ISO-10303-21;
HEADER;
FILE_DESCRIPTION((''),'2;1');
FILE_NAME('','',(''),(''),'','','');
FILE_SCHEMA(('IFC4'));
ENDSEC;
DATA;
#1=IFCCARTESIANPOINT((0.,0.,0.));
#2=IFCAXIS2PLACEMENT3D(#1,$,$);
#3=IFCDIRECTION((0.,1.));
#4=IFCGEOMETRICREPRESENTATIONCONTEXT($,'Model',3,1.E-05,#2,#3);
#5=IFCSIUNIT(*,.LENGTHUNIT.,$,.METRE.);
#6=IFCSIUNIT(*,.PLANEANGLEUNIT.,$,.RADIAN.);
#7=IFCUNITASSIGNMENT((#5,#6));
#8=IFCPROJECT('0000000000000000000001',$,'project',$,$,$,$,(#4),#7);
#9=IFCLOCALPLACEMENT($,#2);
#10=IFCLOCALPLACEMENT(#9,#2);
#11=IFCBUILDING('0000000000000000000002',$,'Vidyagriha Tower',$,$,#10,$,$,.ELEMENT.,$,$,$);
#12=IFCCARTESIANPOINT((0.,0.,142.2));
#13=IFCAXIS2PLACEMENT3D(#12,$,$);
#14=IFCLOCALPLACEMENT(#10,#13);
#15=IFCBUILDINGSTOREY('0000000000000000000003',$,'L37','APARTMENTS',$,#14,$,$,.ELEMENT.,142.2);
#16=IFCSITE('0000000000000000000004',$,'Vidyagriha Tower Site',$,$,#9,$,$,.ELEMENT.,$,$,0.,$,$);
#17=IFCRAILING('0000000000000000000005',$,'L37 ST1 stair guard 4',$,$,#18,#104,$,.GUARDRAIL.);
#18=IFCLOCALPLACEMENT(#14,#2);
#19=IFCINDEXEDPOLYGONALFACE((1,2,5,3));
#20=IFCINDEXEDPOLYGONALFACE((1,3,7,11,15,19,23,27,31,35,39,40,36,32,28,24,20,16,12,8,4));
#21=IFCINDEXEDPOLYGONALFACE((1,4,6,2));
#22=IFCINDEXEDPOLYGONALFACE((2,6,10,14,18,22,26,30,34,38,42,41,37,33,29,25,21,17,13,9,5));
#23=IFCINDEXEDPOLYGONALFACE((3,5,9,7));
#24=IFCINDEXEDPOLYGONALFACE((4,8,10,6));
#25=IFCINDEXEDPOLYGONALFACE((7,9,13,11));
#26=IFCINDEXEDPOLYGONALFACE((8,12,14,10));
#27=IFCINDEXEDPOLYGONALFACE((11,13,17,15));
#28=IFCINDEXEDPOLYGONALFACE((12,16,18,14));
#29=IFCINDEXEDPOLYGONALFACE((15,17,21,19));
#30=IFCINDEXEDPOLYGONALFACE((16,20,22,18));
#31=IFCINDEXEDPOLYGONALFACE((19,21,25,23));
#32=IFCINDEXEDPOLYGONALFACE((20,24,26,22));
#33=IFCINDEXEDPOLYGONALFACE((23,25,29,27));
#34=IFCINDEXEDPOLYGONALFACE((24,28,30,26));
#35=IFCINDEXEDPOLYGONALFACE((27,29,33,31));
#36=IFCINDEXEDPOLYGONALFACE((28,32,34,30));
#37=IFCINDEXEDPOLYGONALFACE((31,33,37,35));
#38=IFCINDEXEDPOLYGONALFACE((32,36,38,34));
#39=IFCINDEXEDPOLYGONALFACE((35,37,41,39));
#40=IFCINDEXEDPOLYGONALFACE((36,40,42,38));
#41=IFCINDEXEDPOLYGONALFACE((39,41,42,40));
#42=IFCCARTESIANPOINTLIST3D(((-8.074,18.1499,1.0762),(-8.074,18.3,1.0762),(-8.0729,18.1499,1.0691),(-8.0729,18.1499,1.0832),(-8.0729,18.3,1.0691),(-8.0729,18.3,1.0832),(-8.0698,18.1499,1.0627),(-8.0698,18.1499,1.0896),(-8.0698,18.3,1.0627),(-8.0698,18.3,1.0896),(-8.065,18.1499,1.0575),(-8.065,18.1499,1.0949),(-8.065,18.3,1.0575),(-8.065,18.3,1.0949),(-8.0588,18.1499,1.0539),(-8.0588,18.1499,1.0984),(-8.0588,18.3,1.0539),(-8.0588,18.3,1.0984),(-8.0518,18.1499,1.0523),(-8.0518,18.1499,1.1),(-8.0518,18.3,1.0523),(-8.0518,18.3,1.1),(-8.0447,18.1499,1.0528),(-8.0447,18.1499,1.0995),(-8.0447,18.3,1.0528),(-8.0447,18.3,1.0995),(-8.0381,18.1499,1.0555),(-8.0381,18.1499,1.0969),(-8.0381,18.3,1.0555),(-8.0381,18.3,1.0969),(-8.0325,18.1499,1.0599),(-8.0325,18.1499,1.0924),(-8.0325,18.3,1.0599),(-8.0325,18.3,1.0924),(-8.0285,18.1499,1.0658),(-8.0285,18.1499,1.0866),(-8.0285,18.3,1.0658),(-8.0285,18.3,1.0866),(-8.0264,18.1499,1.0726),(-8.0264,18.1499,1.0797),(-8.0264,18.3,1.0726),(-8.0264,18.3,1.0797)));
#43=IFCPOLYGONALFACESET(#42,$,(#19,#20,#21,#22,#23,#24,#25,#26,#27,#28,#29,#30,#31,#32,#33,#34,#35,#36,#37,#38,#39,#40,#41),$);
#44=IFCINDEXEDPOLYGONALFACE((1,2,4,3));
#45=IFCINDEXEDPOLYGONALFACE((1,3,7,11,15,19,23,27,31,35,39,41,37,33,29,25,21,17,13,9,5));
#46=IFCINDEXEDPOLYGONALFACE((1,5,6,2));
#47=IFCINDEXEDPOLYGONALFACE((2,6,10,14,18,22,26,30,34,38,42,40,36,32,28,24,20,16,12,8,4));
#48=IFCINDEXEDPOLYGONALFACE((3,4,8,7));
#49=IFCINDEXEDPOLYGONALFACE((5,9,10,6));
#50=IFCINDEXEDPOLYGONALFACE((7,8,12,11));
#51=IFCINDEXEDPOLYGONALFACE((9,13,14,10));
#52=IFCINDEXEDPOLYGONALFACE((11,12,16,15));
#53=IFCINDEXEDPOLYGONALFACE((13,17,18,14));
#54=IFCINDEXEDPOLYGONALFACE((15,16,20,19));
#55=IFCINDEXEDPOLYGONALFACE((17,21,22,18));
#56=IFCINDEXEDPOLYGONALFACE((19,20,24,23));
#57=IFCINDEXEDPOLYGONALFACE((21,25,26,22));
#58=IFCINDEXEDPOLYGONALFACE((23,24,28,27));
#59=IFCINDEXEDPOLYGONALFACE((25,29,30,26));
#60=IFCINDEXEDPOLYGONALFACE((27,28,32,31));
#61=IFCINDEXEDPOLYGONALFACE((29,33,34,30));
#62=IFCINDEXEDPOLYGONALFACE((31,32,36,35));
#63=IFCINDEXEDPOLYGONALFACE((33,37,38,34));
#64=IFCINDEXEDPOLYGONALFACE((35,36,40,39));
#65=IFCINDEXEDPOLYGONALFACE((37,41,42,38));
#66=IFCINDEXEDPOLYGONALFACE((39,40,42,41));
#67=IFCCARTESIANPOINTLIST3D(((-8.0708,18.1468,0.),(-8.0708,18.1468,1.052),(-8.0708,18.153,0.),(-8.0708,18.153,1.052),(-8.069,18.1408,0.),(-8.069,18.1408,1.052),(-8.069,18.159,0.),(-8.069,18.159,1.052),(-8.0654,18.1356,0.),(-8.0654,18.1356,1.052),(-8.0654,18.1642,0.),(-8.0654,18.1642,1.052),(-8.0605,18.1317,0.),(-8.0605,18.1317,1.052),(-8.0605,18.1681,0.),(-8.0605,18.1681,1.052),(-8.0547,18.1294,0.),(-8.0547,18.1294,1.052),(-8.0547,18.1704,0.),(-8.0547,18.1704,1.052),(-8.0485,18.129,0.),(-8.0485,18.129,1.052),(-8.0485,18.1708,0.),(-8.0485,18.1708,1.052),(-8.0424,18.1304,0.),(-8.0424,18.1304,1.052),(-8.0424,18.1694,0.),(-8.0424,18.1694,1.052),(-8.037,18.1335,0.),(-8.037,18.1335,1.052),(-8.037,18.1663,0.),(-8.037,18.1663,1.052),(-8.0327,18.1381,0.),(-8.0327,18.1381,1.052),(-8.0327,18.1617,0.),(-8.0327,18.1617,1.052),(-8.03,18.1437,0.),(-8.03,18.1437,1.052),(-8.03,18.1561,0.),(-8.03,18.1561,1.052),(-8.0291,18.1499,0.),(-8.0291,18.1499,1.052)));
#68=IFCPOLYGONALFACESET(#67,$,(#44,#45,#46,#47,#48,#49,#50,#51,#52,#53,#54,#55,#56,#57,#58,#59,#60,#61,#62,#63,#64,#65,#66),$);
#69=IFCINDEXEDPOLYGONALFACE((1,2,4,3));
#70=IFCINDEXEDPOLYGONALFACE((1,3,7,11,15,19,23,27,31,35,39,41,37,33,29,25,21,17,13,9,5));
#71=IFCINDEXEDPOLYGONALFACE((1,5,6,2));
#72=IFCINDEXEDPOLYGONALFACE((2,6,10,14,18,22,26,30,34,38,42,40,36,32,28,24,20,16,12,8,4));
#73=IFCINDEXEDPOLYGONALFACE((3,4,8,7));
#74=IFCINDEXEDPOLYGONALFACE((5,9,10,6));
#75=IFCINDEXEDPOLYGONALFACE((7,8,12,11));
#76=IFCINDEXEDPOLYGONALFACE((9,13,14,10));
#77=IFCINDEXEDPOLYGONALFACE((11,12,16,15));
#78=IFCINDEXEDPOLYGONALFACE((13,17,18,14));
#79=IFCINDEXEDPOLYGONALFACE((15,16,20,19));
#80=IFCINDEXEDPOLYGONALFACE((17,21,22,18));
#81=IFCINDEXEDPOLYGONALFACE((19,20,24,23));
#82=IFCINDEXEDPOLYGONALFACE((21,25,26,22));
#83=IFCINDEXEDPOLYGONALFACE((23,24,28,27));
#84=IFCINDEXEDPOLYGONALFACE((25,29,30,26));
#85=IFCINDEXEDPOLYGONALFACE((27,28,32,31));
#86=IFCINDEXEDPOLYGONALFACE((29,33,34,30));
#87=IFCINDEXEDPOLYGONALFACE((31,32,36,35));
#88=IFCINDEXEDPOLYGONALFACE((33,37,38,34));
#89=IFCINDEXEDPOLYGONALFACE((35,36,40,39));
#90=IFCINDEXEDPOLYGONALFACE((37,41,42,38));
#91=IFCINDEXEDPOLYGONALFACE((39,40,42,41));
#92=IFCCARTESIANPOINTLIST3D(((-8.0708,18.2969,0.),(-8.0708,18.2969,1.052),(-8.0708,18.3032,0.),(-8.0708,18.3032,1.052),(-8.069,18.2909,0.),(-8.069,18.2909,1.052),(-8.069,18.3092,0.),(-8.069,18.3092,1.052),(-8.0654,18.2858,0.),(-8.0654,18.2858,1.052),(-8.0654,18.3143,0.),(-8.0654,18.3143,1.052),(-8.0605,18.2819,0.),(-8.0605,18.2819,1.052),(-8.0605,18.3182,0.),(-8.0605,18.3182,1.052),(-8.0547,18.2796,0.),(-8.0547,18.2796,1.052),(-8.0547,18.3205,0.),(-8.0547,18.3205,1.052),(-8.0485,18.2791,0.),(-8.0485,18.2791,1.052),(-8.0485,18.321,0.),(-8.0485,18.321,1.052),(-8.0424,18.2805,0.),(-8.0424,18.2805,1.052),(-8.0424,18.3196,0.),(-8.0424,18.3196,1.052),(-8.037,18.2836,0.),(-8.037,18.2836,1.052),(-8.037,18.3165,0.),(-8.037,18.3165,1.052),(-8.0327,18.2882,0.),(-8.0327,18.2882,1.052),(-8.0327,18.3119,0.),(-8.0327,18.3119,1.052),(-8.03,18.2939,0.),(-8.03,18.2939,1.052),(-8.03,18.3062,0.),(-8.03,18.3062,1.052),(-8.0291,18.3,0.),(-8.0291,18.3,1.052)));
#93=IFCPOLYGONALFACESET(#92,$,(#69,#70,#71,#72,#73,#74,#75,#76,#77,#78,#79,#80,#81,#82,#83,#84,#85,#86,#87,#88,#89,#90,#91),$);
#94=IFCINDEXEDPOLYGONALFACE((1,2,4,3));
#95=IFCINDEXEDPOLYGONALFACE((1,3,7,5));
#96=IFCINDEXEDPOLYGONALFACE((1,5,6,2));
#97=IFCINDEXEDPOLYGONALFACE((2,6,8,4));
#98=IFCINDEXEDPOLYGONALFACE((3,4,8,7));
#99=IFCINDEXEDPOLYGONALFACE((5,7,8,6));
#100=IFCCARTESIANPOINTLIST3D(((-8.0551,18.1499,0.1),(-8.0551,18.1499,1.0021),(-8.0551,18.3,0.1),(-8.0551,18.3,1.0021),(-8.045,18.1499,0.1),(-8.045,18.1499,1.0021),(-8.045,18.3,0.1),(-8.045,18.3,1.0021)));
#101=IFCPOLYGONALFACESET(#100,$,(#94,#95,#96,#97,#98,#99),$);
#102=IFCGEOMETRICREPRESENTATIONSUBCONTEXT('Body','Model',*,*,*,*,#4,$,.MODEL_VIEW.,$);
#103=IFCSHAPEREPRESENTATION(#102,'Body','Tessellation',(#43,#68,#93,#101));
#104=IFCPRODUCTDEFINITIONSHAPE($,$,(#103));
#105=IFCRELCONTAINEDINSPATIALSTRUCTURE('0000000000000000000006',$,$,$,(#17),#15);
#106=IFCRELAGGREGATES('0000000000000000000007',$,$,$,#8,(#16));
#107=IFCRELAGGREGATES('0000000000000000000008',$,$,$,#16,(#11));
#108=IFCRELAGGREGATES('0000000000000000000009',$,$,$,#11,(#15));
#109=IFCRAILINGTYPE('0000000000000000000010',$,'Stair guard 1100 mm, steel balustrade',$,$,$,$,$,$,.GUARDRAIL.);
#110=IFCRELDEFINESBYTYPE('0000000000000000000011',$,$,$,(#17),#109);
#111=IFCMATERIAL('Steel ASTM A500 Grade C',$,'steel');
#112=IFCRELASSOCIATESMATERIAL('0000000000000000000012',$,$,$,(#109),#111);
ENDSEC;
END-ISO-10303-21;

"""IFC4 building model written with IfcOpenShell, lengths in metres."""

from ifc_helpers import new_model, si_unit, direction, frame, origin, origin_2d, place, context, subcontext, project, spatial, rectangle, circle, extrude, material, type_object, element, save


model = new_model("IFC4")

# Units and contexts
model_context = context("Model", 3, precision=1e-05, world=origin(), true_north=direction((0.0, 1.0)))
body_context = subcontext(model_context, "Body", "Model", "MODEL_VIEW")
ifc_project = project(units=[si_unit("LENGTHUNIT", "METRE"), si_unit("PLANEANGLEUNIT", "RADIAN")], contexts=[model_context])

# Site, building, storey
site_placement = place(None, origin())
site = spatial("IfcSite", under=ifc_project, at=site_placement, Name="Vidyagriha Tower Site", CompositionType="ELEMENT", RefElevation=0.0)
building_placement = place(site_placement, origin())
building = spatial("IfcBuilding", under=site, at=building_placement, Name="Vidyagriha Tower", CompositionType="ELEMENT")
storey_placement = place(building_placement, frame((0.0, 0.0, 142.2)))
storey = spatial("IfcBuildingStorey", under=building, at=storey_placement, Name="L37", Description="APARTMENTS", CompositionType="ELEMENT", Elevation=142.2)

# Railing
ifc_material_1 = material(Name="Steel ASTM A500 Grade C", Category="steel")
railing_type_1 = type_object("IfcRailingType", Name="Stair guard 1100 mm, steel balustrade", PredefinedType="GUARDRAIL", material=ifc_material_1)
railing_1_placement = place(storey_placement, frame((-8.05, 18.1499, 0.0)))
element("IfcRailing", 1, at=railing_1_placement, inside=storey, type_object=railing_type_1, Name="L37 ST1 stair guard 4", PredefinedType="GUARDRAIL", context=body_context, shape_type="SweptSolid", body=[
    extrude(circle(Radius=0.0239, at=origin_2d()), frame((0.0, 0.0, 1.0762), z_axis=(0.0, 1.0, 0.0), x_axis=(-1.0, 0.0, 0.0)), (0.0, 0.0, 1.0), 0.1501),
    extrude(circle(Radius=0.021, at=origin_2d()), origin(), (0.0, 0.0, 1.0), 1.052),
    extrude(circle(Radius=0.021, at=origin_2d()), frame((0.0, 0.1501, 0.0)), (0.0, 0.0, 1.0), 1.052),
    extrude(rectangle(XDim=0.01, YDim=0.9021, at=origin_2d()), frame((0.0, 0.0, 0.551), z_axis=(0.0, 1.0, 0.0), x_axis=(-1.0, 0.0, 0.0)), (0.0, 0.0, 1.0), 0.1501),
])

save(model, "model.ifc")
